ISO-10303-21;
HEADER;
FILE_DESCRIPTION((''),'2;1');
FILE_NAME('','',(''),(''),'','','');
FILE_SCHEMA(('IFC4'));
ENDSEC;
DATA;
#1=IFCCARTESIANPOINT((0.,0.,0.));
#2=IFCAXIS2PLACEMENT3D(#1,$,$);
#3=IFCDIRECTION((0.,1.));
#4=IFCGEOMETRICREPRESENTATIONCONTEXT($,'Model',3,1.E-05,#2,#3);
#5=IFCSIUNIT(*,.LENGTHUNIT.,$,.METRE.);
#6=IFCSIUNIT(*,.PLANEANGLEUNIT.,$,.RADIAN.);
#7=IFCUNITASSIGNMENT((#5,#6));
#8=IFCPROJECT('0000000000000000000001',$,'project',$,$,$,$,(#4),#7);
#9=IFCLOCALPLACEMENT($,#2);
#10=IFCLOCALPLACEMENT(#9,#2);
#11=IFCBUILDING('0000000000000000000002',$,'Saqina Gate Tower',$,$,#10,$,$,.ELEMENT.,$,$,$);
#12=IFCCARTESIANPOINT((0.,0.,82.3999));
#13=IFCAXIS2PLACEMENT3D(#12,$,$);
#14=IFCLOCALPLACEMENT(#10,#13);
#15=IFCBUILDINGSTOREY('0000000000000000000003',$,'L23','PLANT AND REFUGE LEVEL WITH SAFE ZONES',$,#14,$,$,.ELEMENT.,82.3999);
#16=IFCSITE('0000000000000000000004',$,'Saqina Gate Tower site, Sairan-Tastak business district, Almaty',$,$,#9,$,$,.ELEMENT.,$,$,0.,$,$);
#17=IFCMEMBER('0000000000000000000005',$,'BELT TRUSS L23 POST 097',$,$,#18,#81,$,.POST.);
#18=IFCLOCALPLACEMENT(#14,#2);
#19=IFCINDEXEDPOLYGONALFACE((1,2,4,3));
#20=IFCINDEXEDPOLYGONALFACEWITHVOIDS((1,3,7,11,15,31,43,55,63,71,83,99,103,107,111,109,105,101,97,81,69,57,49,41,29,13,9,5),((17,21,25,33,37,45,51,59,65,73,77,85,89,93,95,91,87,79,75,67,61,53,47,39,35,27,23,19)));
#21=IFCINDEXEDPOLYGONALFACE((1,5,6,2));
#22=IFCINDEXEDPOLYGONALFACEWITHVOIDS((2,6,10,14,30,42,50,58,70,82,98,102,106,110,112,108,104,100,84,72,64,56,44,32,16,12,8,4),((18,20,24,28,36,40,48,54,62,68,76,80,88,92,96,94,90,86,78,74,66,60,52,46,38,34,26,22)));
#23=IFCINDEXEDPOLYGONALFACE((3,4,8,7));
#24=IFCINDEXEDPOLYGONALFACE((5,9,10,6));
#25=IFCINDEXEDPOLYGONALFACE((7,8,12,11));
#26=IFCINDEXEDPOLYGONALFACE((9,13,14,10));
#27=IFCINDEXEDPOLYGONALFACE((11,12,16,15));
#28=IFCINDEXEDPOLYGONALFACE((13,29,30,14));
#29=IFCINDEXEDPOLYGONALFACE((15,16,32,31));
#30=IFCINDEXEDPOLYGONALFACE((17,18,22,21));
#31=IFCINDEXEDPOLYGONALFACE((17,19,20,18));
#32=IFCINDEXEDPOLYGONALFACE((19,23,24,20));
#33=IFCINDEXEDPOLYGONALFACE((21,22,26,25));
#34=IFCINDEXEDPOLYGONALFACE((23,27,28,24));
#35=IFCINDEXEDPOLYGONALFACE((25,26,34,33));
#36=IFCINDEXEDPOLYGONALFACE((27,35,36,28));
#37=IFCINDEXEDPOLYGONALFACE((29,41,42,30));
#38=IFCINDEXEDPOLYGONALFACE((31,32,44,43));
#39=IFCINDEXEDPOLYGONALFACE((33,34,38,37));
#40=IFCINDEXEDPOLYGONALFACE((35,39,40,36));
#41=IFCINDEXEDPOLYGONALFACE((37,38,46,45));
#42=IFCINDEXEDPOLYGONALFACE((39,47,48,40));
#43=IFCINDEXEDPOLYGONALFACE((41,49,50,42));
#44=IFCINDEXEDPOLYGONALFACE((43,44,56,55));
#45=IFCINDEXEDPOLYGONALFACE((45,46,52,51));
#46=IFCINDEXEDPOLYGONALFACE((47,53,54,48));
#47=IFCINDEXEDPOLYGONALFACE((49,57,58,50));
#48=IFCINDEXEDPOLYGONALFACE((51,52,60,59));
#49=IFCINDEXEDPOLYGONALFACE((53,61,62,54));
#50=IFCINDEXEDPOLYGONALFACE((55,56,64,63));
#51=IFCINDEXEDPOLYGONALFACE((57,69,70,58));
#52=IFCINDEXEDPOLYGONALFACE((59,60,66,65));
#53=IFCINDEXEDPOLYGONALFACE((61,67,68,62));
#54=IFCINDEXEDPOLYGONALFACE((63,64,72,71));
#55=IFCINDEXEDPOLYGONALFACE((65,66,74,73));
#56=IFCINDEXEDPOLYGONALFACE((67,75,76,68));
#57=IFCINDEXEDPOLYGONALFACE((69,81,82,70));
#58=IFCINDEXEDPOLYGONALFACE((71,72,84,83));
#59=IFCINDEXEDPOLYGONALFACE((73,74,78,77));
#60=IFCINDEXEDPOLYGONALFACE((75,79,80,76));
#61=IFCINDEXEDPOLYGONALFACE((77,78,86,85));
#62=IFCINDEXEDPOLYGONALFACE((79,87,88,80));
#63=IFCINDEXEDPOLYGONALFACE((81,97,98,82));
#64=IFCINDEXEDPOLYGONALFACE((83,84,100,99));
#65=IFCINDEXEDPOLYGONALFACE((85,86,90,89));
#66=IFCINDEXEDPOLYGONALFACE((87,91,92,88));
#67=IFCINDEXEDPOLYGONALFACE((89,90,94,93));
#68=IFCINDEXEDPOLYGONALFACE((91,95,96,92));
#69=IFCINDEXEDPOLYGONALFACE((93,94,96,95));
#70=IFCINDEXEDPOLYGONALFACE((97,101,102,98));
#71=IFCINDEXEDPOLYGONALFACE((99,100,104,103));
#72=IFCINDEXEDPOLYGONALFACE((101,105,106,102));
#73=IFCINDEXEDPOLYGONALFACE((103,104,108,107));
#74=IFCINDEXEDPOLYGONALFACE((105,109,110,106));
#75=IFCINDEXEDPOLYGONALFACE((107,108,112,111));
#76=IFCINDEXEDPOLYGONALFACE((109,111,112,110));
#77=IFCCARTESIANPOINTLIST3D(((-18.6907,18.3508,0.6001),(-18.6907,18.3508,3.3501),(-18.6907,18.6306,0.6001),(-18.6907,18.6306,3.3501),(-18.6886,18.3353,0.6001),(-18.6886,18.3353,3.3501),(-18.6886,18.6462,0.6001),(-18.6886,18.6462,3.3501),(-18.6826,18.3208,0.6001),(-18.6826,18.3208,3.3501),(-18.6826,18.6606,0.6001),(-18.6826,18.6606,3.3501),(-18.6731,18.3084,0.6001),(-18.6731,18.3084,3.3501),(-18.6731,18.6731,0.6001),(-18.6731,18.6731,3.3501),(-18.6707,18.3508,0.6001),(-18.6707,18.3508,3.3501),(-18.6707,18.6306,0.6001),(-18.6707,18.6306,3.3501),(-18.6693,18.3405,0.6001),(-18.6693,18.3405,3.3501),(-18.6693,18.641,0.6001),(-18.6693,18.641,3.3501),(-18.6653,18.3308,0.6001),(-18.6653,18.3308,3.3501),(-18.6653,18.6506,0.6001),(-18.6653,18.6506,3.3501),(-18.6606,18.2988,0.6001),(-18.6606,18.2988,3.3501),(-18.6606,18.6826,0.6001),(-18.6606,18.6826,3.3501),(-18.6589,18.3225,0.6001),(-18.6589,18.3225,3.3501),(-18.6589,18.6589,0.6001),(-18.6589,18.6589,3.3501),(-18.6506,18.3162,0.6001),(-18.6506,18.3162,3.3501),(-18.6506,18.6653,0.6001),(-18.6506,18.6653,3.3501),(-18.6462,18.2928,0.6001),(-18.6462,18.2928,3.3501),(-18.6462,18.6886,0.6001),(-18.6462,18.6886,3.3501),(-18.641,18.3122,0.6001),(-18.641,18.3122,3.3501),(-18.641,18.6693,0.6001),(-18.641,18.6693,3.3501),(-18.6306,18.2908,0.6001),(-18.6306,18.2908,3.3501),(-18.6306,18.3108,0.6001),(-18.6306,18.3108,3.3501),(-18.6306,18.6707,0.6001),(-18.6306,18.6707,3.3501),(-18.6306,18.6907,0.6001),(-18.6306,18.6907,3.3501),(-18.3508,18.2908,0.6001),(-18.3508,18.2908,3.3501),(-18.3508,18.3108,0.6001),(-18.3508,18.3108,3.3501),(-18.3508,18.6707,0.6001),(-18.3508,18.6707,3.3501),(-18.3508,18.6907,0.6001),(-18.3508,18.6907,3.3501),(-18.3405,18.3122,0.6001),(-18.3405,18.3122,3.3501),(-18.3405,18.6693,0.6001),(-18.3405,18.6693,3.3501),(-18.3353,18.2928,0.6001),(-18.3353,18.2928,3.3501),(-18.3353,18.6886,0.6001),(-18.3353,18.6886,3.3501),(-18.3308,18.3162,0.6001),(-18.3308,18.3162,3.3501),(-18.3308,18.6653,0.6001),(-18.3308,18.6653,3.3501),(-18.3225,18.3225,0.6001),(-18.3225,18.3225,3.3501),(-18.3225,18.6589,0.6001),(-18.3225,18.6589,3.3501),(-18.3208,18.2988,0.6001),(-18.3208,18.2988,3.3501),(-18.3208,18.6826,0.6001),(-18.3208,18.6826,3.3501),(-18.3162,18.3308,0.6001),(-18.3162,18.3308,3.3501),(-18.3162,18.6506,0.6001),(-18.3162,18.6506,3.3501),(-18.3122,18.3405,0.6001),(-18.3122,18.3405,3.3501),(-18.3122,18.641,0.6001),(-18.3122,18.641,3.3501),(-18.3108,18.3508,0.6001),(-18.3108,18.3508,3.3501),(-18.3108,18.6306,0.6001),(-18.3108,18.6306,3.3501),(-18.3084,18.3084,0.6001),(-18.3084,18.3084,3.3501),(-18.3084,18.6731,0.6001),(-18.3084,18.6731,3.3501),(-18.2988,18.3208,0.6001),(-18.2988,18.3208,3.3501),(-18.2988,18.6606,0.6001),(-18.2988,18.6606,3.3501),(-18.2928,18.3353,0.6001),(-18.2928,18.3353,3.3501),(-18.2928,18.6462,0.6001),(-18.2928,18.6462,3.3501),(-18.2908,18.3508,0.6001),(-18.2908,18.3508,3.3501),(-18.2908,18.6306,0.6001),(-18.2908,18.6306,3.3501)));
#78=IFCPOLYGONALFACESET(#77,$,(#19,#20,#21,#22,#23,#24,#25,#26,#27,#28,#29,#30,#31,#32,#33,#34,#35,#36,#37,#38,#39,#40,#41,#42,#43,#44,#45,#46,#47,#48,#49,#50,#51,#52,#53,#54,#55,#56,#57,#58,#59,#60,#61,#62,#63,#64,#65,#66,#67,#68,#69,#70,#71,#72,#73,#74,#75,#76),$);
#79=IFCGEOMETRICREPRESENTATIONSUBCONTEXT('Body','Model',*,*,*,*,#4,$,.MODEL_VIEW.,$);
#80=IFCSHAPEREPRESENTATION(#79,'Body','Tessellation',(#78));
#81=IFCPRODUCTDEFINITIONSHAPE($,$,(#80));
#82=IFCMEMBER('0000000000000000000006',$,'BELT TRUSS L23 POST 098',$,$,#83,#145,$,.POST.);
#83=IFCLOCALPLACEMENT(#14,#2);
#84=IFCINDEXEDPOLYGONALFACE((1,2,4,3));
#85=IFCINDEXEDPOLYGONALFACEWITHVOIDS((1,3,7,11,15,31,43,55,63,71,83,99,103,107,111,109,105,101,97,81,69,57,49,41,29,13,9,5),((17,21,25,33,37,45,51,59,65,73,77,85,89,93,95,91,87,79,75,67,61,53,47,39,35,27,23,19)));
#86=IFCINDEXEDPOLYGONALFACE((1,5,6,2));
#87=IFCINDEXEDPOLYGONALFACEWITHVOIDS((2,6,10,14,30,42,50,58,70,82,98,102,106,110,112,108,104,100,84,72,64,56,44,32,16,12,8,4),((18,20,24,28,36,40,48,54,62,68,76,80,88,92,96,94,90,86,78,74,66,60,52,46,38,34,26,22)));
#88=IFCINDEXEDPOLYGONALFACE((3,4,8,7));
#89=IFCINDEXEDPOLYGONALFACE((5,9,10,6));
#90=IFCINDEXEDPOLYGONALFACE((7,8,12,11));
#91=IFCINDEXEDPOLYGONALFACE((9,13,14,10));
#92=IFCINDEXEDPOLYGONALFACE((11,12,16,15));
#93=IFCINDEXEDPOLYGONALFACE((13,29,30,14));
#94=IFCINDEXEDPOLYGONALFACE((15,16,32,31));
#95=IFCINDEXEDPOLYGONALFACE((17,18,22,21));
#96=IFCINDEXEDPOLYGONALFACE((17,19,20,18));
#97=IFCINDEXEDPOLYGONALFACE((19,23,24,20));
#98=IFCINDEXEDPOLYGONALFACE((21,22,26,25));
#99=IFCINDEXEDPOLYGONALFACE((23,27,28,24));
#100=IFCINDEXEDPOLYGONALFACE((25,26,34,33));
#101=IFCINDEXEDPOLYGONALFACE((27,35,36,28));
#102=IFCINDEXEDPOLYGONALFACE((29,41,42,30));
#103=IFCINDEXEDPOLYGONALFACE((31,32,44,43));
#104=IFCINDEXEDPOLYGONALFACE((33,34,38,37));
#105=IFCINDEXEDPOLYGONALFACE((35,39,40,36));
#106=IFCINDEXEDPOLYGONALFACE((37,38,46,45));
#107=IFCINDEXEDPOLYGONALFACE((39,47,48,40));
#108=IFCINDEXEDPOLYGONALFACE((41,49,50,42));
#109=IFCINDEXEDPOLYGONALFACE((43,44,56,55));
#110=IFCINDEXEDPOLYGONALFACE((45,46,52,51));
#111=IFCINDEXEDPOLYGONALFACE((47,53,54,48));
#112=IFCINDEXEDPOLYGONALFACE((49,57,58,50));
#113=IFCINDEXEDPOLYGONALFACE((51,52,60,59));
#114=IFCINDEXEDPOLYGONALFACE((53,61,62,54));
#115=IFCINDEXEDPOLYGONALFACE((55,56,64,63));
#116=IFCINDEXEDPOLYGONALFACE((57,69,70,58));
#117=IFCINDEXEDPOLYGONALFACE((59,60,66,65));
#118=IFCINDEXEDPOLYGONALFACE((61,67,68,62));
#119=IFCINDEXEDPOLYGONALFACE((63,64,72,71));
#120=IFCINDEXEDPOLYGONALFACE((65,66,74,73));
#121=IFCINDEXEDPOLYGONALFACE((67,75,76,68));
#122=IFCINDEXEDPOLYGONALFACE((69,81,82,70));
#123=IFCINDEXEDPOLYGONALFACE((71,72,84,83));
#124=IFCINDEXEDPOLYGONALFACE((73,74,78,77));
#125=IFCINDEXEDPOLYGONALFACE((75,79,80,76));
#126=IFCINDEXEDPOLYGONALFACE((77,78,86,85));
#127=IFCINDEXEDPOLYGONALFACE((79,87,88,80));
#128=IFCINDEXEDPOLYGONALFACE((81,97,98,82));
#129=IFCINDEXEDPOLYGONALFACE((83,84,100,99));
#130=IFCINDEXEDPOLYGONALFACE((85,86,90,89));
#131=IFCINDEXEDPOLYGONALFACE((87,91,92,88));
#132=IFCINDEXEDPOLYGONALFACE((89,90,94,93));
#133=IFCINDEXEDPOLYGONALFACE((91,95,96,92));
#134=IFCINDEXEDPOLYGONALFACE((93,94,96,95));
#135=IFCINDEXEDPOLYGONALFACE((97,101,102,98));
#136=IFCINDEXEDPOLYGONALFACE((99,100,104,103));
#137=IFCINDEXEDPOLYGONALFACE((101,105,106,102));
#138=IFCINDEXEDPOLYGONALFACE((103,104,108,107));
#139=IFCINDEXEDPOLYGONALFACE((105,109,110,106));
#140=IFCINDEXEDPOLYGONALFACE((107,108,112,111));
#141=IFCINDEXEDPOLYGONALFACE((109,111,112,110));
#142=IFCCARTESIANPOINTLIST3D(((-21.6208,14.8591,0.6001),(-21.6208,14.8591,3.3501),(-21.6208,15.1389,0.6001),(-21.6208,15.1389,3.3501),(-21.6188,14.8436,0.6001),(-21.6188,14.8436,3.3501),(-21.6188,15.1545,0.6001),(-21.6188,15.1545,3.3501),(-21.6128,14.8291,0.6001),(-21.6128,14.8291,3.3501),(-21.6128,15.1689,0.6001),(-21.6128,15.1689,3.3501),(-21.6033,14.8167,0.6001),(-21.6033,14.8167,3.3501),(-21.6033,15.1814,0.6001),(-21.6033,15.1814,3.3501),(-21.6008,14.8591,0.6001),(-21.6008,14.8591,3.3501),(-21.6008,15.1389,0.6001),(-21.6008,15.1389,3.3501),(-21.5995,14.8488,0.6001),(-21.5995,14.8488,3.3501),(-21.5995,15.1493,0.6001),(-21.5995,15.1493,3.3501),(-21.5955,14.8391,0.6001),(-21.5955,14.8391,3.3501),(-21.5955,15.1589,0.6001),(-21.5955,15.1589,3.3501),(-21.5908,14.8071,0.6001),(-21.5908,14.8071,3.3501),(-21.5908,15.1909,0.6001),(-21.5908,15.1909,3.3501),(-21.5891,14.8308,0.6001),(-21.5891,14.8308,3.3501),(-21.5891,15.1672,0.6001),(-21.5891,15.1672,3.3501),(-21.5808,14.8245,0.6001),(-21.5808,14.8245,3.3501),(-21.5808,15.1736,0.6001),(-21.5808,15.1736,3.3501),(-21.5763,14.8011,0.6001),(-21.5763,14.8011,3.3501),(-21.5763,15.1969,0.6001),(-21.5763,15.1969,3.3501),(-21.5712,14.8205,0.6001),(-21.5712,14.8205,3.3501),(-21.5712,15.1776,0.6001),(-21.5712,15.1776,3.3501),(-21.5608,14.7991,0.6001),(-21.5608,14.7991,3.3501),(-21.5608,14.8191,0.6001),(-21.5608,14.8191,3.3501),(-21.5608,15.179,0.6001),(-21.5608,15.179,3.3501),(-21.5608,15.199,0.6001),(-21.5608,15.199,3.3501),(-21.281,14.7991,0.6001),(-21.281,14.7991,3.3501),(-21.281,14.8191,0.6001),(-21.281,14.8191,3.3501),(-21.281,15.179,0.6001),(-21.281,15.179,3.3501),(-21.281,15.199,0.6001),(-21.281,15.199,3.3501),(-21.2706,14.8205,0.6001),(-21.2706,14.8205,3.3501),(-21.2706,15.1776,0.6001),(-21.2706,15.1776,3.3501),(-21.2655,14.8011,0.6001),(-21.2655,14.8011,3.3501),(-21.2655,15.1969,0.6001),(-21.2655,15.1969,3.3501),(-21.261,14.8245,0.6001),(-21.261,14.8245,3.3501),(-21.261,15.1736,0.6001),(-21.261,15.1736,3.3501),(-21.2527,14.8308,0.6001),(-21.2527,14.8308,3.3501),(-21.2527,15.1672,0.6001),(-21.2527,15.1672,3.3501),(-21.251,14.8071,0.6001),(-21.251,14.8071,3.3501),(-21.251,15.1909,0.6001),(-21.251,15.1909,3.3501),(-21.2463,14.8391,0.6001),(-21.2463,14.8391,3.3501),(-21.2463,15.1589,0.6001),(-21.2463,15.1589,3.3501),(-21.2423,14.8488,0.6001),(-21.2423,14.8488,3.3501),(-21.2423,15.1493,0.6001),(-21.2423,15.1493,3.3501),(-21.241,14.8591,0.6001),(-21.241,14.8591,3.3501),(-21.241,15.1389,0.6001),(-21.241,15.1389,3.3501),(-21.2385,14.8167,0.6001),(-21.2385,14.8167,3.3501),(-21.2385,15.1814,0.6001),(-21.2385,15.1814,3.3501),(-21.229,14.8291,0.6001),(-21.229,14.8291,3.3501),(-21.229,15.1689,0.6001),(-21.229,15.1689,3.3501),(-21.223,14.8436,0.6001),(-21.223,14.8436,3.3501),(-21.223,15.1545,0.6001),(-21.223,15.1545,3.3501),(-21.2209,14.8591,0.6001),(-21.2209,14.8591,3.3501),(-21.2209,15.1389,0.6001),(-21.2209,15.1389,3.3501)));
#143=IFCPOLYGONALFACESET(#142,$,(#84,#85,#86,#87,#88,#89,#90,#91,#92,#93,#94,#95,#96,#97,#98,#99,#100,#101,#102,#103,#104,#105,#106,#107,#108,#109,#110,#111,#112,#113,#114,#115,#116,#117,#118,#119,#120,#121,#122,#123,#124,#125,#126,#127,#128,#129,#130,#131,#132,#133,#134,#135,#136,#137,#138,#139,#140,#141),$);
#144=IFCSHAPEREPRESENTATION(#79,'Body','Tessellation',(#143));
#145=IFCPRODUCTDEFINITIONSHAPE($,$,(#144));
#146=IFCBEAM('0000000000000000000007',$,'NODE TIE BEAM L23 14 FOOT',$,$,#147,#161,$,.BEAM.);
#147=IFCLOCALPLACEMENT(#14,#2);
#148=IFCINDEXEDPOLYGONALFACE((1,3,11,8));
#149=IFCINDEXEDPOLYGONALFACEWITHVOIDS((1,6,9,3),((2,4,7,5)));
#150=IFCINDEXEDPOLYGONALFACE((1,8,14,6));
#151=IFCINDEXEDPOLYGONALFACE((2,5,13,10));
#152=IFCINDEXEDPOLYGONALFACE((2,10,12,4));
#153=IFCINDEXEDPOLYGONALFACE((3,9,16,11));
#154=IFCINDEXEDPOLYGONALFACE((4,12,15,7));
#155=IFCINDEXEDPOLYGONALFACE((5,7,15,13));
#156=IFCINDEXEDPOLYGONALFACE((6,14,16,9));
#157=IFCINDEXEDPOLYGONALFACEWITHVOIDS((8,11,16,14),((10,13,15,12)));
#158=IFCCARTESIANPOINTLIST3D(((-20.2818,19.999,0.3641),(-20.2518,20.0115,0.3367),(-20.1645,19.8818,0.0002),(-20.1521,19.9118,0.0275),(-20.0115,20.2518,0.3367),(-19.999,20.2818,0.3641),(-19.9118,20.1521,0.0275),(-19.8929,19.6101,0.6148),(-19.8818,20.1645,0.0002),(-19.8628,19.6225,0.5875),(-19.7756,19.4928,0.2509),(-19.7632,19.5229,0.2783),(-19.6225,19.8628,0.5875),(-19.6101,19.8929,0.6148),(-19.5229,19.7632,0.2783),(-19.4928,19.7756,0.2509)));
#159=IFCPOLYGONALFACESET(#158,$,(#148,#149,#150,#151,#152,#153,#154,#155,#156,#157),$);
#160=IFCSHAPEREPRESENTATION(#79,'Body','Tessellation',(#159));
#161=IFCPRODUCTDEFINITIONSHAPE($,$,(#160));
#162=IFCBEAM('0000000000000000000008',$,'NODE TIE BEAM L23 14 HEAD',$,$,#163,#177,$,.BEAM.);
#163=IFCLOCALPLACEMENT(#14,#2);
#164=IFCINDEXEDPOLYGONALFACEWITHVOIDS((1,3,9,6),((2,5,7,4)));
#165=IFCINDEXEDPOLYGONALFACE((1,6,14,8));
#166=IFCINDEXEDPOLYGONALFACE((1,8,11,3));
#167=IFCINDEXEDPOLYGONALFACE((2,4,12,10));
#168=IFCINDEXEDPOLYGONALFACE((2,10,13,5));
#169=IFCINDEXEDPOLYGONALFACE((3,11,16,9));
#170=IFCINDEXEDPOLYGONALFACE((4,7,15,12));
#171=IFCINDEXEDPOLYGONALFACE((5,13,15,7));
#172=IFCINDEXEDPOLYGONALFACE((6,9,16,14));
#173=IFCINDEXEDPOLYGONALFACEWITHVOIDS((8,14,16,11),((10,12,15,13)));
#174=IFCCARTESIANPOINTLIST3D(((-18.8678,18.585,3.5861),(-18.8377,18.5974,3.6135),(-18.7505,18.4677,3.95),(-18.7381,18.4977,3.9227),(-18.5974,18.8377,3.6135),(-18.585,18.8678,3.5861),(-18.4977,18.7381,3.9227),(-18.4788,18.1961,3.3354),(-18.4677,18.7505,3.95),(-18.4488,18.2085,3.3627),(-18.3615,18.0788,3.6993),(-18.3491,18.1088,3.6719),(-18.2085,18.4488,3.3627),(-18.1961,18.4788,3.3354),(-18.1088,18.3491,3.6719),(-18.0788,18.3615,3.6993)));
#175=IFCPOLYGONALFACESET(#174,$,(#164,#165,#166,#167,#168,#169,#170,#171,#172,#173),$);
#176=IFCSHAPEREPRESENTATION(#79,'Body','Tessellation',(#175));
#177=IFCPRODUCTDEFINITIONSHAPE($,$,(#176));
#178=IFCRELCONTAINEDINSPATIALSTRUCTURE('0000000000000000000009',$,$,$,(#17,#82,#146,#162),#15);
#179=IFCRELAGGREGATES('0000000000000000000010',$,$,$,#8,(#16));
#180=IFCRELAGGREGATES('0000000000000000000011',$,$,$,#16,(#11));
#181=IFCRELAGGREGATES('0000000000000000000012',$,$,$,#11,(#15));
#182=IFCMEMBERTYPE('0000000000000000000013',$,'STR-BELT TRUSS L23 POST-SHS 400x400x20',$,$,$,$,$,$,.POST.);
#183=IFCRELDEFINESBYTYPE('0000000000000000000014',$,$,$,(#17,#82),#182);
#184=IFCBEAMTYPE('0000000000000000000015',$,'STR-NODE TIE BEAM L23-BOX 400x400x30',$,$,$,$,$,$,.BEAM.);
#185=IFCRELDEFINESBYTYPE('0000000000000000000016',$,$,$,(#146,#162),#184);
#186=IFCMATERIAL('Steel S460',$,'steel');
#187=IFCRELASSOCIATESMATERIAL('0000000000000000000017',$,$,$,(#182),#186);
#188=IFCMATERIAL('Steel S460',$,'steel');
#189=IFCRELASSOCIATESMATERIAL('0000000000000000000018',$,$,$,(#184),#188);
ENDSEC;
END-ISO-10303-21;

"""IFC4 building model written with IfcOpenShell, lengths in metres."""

from ifc_helpers import new_model, si_unit, direction, frame, origin, origin_2d, place, context, subcontext, project, spatial, hollow_rectangle, extrude, material, material_profile, profile_set, type_object, element, save


model = new_model("IFC4")

# Units and contexts
model_context = context("Model", 3, precision=1e-05, world=origin(), true_north=direction((0.0, 1.0)))
body_context = subcontext(model_context, "Body", "Model", "MODEL_VIEW")
ifc_project = project(units=[si_unit("LENGTHUNIT", "METRE"), si_unit("PLANEANGLEUNIT", "RADIAN")], contexts=[model_context])

# Site, building, storey
site_placement = place(None, origin())
site = spatial("IfcSite", under=ifc_project, at=site_placement, Name="Saqina Gate Tower site, Sairan-Tastak business district, Almaty", CompositionType="ELEMENT", RefElevation=0.0)
building_placement = place(site_placement, origin())
building = spatial("IfcBuilding", under=site, at=building_placement, Name="Saqina Gate Tower", CompositionType="ELEMENT")
storey_placement = place(building_placement, frame((0.0, 0.0, 82.3999)))
storey = spatial("IfcBuildingStorey", under=building, at=storey_placement, Name="L23", Description="PLANT AND REFUGE LEVEL WITH SAFE ZONES", CompositionType="ELEMENT", Elevation=82.3999)

# Members
ifc_material_1 = material(Name="Steel S460", Category="steel")
ifc_material_profile_1 = material_profile(ifc_material_1, hollow_rectangle(XDim=0.3999, YDim=0.3999, WallThickness=0.02, InnerFilletRadius=0.04, OuterFilletRadius=0.0601, at=origin_2d()), Name="SHS 400x400x20")
ifc_profile_set_1 = profile_set([ifc_material_profile_1], Name="Steel S460")
member_type_1 = type_object("IfcMemberType", Name="STR-BELT TRUSS L23 POST-SHS 400x400x20", PredefinedType="POST", material=ifc_profile_set_1)
for number, where, z_axis, x_axis, name in (
    (1, (-18.4907, 18.4907, 0.6001), (0.0, 0.0, 1.0), (1.0, 0.0, 0.0), "BELT TRUSS L23 POST 097"),
    (2, (-21.4209, 14.999, 0.6001), (0.0, 0.0, 1.0), (1.0, 0.0, 0.0), "BELT TRUSS L23 POST 098"),
):
    element("IfcMember", number, at=place(storey_placement, frame(where, z_axis=z_axis, x_axis=x_axis)), inside=storey, type_object=member_type_1, Name=name, PredefinedType="POST", context=body_context, shape_type="SweptSolid", body=[
        extrude(hollow_rectangle(XDim=0.3999, YDim=0.3999, WallThickness=0.02, InnerFilletRadius=0.04, OuterFilletRadius=0.0601, at=origin_2d()), origin(), (0.0, 0.0, 1.0), 2.75),
    ])

# Beams
ifc_material_2 = material(Name="Steel S460", Category="steel")
ifc_material_profile_2 = material_profile(ifc_material_2, hollow_rectangle(XDim=0.3999, YDim=0.3999, WallThickness=0.03, at=origin_2d()), Name="BOX 400x400x30")
ifc_profile_set_2 = profile_set([ifc_material_profile_2], Name="Steel S460")
beam_type = type_object("IfcBeamType", Name="STR-NODE TIE BEAM L23-BOX 400x400x30", PredefinedType="BEAM", material=ifc_profile_set_2)
for number, where, z_axis, x_axis, name in (
    (3, (-20.0818, 20.0818, 0.1821), (0.643405, -0.643405, 0.4148), (0.707107, 0.707107, 0.0), "NODE TIE BEAM L23 14 FOOT"),
    (4, (-18.2788, 18.2788, 3.5173), (-0.643405, 0.643405, 0.4148), (-0.707107, -0.707107, 0.0), "NODE TIE BEAM L23 14 HEAD"),
):
    element("IfcBeam", number, at=place(storey_placement, frame(where, z_axis=z_axis, x_axis=x_axis)), inside=storey, type_object=beam_type, Name=name, PredefinedType="BEAM", context=body_context, shape_type="SweptSolid", body=[
        extrude(hollow_rectangle(XDim=0.3999, YDim=0.3999, WallThickness=0.03, at=origin_2d()), origin(), (0.0, 0.0, 1.0), 0.6045),
    ])

save(model, "model.ifc")
